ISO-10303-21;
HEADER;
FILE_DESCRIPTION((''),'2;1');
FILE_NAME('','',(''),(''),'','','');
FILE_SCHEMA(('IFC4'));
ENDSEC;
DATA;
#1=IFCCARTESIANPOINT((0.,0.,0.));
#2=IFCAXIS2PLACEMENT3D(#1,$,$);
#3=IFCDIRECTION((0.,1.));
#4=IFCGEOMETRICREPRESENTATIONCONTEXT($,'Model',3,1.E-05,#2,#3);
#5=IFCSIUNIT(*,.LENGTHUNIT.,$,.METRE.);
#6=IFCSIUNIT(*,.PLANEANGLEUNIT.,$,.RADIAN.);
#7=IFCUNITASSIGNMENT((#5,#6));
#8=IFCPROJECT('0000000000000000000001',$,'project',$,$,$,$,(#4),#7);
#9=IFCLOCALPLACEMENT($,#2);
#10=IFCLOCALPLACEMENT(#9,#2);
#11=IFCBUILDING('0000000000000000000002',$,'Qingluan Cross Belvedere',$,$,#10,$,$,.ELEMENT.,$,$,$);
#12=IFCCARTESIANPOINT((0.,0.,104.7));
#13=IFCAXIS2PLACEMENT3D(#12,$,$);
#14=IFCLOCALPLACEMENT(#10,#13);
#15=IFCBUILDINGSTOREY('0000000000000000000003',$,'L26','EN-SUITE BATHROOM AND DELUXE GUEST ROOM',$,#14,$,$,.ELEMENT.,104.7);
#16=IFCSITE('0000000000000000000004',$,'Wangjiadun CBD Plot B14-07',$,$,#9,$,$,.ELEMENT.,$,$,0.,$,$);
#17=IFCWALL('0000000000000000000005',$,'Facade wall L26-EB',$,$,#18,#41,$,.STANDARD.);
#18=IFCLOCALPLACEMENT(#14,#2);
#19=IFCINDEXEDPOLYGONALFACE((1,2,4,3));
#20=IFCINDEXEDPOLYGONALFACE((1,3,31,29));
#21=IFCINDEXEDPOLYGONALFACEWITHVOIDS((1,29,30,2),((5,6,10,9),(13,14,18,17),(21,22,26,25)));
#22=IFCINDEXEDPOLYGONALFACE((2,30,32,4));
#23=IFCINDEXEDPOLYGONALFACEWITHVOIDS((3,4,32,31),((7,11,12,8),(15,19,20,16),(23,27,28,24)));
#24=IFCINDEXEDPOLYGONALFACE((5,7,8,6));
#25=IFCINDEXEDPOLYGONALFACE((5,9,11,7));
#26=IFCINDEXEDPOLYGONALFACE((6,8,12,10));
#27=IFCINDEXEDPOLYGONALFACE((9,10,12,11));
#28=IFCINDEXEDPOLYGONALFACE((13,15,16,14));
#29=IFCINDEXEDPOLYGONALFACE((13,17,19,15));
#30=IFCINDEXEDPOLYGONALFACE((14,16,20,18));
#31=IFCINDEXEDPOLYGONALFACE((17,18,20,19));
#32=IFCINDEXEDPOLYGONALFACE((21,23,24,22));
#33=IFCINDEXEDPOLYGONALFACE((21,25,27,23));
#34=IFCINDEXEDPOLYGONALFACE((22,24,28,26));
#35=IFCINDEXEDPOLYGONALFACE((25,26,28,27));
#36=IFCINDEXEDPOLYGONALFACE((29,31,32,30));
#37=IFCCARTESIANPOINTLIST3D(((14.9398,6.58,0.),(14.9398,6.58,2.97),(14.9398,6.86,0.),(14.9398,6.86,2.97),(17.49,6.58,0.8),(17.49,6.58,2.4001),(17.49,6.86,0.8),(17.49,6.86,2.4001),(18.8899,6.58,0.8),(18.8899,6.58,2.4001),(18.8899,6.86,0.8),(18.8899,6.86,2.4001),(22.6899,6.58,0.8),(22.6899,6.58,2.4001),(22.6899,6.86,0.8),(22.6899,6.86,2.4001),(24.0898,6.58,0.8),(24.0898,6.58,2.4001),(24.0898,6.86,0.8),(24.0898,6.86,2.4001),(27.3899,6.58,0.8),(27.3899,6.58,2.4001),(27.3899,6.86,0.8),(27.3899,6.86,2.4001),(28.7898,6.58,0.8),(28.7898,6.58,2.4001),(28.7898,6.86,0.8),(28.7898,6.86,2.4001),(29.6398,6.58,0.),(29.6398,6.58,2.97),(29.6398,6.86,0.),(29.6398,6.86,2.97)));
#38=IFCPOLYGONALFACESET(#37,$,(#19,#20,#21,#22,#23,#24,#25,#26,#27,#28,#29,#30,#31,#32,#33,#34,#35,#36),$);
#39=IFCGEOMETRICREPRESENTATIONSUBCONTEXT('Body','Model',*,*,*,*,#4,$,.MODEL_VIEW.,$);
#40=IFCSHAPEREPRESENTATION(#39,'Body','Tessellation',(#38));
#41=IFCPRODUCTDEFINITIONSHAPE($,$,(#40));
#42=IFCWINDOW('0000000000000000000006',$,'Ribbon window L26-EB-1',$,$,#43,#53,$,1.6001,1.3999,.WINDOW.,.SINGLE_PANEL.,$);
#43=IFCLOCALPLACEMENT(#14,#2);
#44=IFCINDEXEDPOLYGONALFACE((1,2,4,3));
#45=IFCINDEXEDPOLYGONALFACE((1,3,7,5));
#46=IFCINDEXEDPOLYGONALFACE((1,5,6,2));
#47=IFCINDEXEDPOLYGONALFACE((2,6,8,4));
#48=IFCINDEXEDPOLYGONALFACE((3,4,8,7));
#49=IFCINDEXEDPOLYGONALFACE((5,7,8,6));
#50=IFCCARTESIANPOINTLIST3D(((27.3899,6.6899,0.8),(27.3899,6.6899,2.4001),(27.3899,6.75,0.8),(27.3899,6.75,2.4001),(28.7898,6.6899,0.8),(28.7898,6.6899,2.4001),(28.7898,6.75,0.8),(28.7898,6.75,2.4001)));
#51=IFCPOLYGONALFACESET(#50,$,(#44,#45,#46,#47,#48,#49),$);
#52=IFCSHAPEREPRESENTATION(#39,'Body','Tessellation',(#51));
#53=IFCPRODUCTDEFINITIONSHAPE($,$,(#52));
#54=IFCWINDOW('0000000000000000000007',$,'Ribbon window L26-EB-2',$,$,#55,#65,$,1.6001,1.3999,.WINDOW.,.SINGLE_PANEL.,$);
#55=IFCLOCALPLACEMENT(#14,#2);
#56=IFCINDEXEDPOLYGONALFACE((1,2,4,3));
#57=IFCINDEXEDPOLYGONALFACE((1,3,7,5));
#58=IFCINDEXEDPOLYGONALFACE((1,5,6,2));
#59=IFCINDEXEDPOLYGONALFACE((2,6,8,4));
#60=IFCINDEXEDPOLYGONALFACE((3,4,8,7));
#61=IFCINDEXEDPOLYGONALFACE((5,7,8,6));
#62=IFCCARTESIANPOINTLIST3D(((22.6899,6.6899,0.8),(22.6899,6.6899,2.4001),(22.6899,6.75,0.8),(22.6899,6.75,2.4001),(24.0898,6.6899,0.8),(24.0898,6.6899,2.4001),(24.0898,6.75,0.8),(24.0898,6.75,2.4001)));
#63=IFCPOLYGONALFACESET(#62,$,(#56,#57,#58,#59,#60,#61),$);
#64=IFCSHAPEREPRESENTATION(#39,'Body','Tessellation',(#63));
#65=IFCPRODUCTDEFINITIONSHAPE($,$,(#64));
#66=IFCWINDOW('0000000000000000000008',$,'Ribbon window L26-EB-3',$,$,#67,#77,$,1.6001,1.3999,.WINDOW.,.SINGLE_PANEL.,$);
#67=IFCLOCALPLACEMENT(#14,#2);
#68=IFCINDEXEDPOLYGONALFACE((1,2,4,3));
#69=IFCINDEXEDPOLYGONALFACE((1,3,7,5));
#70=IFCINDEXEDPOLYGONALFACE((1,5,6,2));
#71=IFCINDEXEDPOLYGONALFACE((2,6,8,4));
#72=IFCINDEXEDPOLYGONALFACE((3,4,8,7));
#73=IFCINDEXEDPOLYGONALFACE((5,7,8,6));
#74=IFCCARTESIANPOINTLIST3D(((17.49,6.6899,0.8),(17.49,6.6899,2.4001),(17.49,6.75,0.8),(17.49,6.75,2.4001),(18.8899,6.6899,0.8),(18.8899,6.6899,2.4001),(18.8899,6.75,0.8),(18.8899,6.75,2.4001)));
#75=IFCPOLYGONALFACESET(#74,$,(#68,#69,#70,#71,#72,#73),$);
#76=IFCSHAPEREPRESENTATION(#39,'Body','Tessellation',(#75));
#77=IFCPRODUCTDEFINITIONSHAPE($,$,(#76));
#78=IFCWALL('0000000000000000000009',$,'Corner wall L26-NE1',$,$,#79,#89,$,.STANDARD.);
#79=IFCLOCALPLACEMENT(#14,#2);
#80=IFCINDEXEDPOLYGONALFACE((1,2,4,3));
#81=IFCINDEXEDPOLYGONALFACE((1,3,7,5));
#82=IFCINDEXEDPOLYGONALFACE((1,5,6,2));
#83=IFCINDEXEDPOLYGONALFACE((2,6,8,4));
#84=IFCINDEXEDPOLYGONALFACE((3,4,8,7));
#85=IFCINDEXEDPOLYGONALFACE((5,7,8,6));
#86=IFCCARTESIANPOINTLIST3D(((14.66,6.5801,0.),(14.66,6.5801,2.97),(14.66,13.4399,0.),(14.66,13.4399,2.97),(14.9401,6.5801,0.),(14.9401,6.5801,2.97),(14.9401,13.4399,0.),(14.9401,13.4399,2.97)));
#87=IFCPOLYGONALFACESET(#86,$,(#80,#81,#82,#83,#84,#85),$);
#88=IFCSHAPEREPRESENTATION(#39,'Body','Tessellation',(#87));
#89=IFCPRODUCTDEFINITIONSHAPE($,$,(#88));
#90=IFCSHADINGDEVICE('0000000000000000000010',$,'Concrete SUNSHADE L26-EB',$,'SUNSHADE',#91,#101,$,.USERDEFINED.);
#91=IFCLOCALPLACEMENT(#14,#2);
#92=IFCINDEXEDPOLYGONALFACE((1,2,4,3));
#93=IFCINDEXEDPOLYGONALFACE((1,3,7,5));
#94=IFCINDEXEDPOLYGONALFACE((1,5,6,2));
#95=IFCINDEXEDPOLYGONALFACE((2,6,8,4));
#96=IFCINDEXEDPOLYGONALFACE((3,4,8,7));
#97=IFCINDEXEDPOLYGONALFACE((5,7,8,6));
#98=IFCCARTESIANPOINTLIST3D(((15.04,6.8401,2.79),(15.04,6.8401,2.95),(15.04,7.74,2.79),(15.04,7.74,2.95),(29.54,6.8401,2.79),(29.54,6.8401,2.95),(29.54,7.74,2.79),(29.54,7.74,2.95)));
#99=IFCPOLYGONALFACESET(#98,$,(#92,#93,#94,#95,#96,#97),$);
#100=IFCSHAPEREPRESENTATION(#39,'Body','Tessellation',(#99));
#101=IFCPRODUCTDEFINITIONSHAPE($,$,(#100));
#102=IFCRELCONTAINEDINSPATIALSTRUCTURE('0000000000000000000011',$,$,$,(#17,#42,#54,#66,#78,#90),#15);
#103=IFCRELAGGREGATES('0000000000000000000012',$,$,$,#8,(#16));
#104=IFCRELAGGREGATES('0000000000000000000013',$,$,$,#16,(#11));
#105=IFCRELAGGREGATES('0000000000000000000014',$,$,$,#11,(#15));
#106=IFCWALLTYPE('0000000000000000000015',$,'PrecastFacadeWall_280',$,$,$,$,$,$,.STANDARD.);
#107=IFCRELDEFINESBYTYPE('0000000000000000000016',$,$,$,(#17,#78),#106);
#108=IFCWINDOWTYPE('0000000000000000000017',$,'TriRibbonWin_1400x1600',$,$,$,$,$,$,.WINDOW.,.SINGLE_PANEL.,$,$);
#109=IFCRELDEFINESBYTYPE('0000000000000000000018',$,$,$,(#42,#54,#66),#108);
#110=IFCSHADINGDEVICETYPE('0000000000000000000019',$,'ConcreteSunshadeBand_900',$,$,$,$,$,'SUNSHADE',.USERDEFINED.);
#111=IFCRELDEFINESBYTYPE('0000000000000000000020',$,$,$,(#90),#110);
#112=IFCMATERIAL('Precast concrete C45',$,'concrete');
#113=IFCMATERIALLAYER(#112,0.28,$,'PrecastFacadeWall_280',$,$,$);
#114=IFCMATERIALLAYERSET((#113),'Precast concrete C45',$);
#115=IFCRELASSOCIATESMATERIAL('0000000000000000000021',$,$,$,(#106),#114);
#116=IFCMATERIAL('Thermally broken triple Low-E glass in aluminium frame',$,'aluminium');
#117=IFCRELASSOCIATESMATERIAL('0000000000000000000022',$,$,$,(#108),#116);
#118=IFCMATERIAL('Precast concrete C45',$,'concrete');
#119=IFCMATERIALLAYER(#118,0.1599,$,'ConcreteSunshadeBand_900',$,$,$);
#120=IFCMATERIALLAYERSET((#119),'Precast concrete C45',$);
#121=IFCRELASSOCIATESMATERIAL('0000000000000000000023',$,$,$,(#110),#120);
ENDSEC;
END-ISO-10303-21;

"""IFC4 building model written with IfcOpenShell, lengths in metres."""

from ifc_helpers import new_model, si_unit, direction, frame, frame_2d, origin, origin_2d, place, context, subcontext, project, spatial, rectangle, extrude, material, layer, layer_set, type_object, element, fill, save


model = new_model("IFC4")

# Units and contexts
model_context = context("Model", 3, precision=1e-05, world=origin(), true_north=direction((0.0, 1.0)))
body_context = subcontext(model_context, "Body", "Model", "MODEL_VIEW")
ifc_project = project(units=[si_unit("LENGTHUNIT", "METRE"), si_unit("PLANEANGLEUNIT", "RADIAN")], contexts=[model_context])

# Site, building, storey
site_placement = place(None, origin())
site = spatial("IfcSite", under=ifc_project, at=site_placement, Name="Wangjiadun CBD Plot B14-07", CompositionType="ELEMENT", RefElevation=0.0)
building_placement = place(site_placement, origin())
building = spatial("IfcBuilding", under=site, at=building_placement, Name="Qingluan Cross Belvedere", CompositionType="ELEMENT")
storey_placement = place(building_placement, frame((0.0, 0.0, 104.7)))
storey = spatial("IfcBuildingStorey", under=building, at=storey_placement, Name="L26", Description="EN-SUITE BATHROOM AND DELUXE GUEST ROOM", CompositionType="ELEMENT", Elevation=104.7)

# Wall, openings, windows
ifc_material_1 = material(Name="Precast concrete C45", Category="concrete")
ifc_layer_1 = layer(ifc_material_1, 0.28, Name="PrecastFacadeWall_280")
ifc_layer_set_1 = layer_set([ifc_layer_1], Name="Precast concrete C45")
wall_type_1 = type_object("IfcWallType", Name="PrecastFacadeWall_280", PredefinedType="STANDARD", material=ifc_layer_set_1)
wall_1_placement = place(storey_placement, frame((29.6399, 6.72, 0.0), z_axis=(0.0, 0.0, 1.0), x_axis=(-1.0, 0.0, 0.0)))
wall_1 = element("IfcWall", 1, at=wall_1_placement, inside=storey, type_object=wall_type_1, Name="Facade wall L26-EB", PredefinedType="STANDARD", context=body_context, shape_type="SweptSolid", body=[
    extrude(rectangle(XDim=14.7, YDim=0.28, at=frame_2d((7.3501, 0.0))), origin(), (0.0, 0.0, 1.0), 2.97),
])
opening_1_placement = place(wall_1_placement, frame((0.8501, 0.0, 0.8)))
opening_1 = element("IfcOpeningElement", 2, at=opening_1_placement, cuts=wall_1, PredefinedType="OPENING", context=body_context, shape_type="SweptSolid", body=[
    extrude(rectangle(XDim=1.3999, YDim=1.6001, at=frame_2d((0.7, 0.8))), frame((0.0, 0.1499, 0.0), z_axis=(0.0, -1.0, 0.0), x_axis=(1.0, 0.0, 0.0)), (0.0, 0.0, 1.0), 0.3),
])
opening_2_placement = place(wall_1_placement, frame((5.55, 0.0, 0.8)))
opening_2 = element("IfcOpeningElement", 3, at=opening_2_placement, cuts=wall_1, PredefinedType="OPENING", context=body_context, shape_type="SweptSolid", body=[
    extrude(rectangle(XDim=1.3999, YDim=1.6001, at=frame_2d((0.7, 0.8))), frame((0.0, 0.1499, 0.0), z_axis=(0.0, -1.0, 0.0), x_axis=(1.0, 0.0, 0.0)), (0.0, 0.0, 1.0), 0.3),
])
opening_3_placement = place(wall_1_placement, frame((10.75, 0.0, 0.8)))
opening_3 = element("IfcOpeningElement", 4, at=opening_3_placement, cuts=wall_1, PredefinedType="OPENING", context=body_context, shape_type="SweptSolid", body=[
    extrude(rectangle(XDim=1.3999, YDim=1.6001, at=frame_2d((0.7, 0.8))), frame((0.0, 0.1499, 0.0), z_axis=(0.0, -1.0, 0.0), x_axis=(1.0, 0.0, 0.0)), (0.0, 0.0, 1.0), 0.3),
])
ifc_material_2 = material(Name="Thermally broken triple Low-E glass in aluminium frame", Category="aluminium")
window_type = type_object("IfcWindowType", Name="TriRibbonWin_1400x1600", PartitioningType="SINGLE_PANEL", PredefinedType="WINDOW", material=ifc_material_2)
window_1_placement = place(opening_1_placement, origin())
window_1 = element("IfcWindow", 5, at=window_1_placement, inside=storey, type_object=window_type, Name="Ribbon window L26-EB-1", OverallHeight=1.6001, OverallWidth=1.3999, PartitioningType="SINGLE_PANEL", PredefinedType="WINDOW", context=body_context, shape_type="SweptSolid", body=[
    extrude(rectangle(XDim=1.3999, YDim=1.6001, at=frame_2d((0.7, 0.8))), frame((0.0, 0.03, 0.0), z_axis=(0.0, -1.0, 0.0), x_axis=(1.0, 0.0, 0.0)), (0.0, 0.0, 1.0), 0.0601),
])
fill(opening_1, window_1)
window_2_placement = place(opening_2_placement, origin())
window_2 = element("IfcWindow", 6, at=window_2_placement, inside=storey, type_object=window_type, Name="Ribbon window L26-EB-2", OverallHeight=1.6001, OverallWidth=1.3999, PartitioningType="SINGLE_PANEL", PredefinedType="WINDOW", context=body_context, shape_type="SweptSolid", body=[
    extrude(rectangle(XDim=1.3999, YDim=1.6001, at=frame_2d((0.7, 0.8))), frame((0.0, 0.03, 0.0), z_axis=(0.0, -1.0, 0.0), x_axis=(1.0, 0.0, 0.0)), (0.0, 0.0, 1.0), 0.0601),
])
fill(opening_2, window_2)
window_3_placement = place(opening_3_placement, origin())
window_3 = element("IfcWindow", 7, at=window_3_placement, inside=storey, type_object=window_type, Name="Ribbon window L26-EB-3", OverallHeight=1.6001, OverallWidth=1.3999, PartitioningType="SINGLE_PANEL", PredefinedType="WINDOW", context=body_context, shape_type="SweptSolid", body=[
    extrude(rectangle(XDim=1.3999, YDim=1.6001, at=frame_2d((0.7, 0.8))), frame((0.0, 0.03, 0.0), z_axis=(0.0, -1.0, 0.0), x_axis=(1.0, 0.0, 0.0)), (0.0, 0.0, 1.0), 0.0601),
])
fill(opening_3, window_3)

# Wall
wall_2_placement = place(storey_placement, frame((14.8, 6.5801, 0.0), z_axis=(0.0, 0.0, 1.0), x_axis=(0.0, 1.0, 0.0)))
element("IfcWall", 8, at=wall_2_placement, inside=storey, type_object=wall_type_1, Name="Corner wall L26-NE1", PredefinedType="STANDARD", context=body_context, shape_type="SweptSolid", body=[
    extrude(rectangle(XDim=6.8599, YDim=0.28, at=frame_2d((3.4299, 0.0))), origin(), (0.0, 0.0, 1.0), 2.97),
])

# Shading device
ifc_material_3 = material(Name="Precast concrete C45", Category="concrete")
ifc_layer_2 = layer(ifc_material_3, 0.1599, Name="ConcreteSunshadeBand_900")
ifc_layer_set_2 = layer_set([ifc_layer_2], Name="Precast concrete C45")
shading_device_type = type_object("IfcShadingDeviceType", Name="ConcreteSunshadeBand_900", ElementType="SUNSHADE", PredefinedType="USERDEFINED", material=ifc_layer_set_2)
shading_device_placement = place(storey_placement, frame((22.29, 7.29, 2.79), z_axis=(0.0, 0.0, 1.0), x_axis=(-1.0, 0.0, 0.0)))
element("IfcShadingDevice", 9, at=shading_device_placement, inside=storey, type_object=shading_device_type, Name="Concrete SUNSHADE L26-EB", ObjectType="SUNSHADE", PredefinedType="USERDEFINED", context=body_context, shape_type="SweptSolid", body=[
    extrude(rectangle(XDim=14.5, YDim=0.8999, at=origin_2d()), origin(), (0.0, 0.0, 1.0), 0.1599),
])

save(model, "model.ifc")
